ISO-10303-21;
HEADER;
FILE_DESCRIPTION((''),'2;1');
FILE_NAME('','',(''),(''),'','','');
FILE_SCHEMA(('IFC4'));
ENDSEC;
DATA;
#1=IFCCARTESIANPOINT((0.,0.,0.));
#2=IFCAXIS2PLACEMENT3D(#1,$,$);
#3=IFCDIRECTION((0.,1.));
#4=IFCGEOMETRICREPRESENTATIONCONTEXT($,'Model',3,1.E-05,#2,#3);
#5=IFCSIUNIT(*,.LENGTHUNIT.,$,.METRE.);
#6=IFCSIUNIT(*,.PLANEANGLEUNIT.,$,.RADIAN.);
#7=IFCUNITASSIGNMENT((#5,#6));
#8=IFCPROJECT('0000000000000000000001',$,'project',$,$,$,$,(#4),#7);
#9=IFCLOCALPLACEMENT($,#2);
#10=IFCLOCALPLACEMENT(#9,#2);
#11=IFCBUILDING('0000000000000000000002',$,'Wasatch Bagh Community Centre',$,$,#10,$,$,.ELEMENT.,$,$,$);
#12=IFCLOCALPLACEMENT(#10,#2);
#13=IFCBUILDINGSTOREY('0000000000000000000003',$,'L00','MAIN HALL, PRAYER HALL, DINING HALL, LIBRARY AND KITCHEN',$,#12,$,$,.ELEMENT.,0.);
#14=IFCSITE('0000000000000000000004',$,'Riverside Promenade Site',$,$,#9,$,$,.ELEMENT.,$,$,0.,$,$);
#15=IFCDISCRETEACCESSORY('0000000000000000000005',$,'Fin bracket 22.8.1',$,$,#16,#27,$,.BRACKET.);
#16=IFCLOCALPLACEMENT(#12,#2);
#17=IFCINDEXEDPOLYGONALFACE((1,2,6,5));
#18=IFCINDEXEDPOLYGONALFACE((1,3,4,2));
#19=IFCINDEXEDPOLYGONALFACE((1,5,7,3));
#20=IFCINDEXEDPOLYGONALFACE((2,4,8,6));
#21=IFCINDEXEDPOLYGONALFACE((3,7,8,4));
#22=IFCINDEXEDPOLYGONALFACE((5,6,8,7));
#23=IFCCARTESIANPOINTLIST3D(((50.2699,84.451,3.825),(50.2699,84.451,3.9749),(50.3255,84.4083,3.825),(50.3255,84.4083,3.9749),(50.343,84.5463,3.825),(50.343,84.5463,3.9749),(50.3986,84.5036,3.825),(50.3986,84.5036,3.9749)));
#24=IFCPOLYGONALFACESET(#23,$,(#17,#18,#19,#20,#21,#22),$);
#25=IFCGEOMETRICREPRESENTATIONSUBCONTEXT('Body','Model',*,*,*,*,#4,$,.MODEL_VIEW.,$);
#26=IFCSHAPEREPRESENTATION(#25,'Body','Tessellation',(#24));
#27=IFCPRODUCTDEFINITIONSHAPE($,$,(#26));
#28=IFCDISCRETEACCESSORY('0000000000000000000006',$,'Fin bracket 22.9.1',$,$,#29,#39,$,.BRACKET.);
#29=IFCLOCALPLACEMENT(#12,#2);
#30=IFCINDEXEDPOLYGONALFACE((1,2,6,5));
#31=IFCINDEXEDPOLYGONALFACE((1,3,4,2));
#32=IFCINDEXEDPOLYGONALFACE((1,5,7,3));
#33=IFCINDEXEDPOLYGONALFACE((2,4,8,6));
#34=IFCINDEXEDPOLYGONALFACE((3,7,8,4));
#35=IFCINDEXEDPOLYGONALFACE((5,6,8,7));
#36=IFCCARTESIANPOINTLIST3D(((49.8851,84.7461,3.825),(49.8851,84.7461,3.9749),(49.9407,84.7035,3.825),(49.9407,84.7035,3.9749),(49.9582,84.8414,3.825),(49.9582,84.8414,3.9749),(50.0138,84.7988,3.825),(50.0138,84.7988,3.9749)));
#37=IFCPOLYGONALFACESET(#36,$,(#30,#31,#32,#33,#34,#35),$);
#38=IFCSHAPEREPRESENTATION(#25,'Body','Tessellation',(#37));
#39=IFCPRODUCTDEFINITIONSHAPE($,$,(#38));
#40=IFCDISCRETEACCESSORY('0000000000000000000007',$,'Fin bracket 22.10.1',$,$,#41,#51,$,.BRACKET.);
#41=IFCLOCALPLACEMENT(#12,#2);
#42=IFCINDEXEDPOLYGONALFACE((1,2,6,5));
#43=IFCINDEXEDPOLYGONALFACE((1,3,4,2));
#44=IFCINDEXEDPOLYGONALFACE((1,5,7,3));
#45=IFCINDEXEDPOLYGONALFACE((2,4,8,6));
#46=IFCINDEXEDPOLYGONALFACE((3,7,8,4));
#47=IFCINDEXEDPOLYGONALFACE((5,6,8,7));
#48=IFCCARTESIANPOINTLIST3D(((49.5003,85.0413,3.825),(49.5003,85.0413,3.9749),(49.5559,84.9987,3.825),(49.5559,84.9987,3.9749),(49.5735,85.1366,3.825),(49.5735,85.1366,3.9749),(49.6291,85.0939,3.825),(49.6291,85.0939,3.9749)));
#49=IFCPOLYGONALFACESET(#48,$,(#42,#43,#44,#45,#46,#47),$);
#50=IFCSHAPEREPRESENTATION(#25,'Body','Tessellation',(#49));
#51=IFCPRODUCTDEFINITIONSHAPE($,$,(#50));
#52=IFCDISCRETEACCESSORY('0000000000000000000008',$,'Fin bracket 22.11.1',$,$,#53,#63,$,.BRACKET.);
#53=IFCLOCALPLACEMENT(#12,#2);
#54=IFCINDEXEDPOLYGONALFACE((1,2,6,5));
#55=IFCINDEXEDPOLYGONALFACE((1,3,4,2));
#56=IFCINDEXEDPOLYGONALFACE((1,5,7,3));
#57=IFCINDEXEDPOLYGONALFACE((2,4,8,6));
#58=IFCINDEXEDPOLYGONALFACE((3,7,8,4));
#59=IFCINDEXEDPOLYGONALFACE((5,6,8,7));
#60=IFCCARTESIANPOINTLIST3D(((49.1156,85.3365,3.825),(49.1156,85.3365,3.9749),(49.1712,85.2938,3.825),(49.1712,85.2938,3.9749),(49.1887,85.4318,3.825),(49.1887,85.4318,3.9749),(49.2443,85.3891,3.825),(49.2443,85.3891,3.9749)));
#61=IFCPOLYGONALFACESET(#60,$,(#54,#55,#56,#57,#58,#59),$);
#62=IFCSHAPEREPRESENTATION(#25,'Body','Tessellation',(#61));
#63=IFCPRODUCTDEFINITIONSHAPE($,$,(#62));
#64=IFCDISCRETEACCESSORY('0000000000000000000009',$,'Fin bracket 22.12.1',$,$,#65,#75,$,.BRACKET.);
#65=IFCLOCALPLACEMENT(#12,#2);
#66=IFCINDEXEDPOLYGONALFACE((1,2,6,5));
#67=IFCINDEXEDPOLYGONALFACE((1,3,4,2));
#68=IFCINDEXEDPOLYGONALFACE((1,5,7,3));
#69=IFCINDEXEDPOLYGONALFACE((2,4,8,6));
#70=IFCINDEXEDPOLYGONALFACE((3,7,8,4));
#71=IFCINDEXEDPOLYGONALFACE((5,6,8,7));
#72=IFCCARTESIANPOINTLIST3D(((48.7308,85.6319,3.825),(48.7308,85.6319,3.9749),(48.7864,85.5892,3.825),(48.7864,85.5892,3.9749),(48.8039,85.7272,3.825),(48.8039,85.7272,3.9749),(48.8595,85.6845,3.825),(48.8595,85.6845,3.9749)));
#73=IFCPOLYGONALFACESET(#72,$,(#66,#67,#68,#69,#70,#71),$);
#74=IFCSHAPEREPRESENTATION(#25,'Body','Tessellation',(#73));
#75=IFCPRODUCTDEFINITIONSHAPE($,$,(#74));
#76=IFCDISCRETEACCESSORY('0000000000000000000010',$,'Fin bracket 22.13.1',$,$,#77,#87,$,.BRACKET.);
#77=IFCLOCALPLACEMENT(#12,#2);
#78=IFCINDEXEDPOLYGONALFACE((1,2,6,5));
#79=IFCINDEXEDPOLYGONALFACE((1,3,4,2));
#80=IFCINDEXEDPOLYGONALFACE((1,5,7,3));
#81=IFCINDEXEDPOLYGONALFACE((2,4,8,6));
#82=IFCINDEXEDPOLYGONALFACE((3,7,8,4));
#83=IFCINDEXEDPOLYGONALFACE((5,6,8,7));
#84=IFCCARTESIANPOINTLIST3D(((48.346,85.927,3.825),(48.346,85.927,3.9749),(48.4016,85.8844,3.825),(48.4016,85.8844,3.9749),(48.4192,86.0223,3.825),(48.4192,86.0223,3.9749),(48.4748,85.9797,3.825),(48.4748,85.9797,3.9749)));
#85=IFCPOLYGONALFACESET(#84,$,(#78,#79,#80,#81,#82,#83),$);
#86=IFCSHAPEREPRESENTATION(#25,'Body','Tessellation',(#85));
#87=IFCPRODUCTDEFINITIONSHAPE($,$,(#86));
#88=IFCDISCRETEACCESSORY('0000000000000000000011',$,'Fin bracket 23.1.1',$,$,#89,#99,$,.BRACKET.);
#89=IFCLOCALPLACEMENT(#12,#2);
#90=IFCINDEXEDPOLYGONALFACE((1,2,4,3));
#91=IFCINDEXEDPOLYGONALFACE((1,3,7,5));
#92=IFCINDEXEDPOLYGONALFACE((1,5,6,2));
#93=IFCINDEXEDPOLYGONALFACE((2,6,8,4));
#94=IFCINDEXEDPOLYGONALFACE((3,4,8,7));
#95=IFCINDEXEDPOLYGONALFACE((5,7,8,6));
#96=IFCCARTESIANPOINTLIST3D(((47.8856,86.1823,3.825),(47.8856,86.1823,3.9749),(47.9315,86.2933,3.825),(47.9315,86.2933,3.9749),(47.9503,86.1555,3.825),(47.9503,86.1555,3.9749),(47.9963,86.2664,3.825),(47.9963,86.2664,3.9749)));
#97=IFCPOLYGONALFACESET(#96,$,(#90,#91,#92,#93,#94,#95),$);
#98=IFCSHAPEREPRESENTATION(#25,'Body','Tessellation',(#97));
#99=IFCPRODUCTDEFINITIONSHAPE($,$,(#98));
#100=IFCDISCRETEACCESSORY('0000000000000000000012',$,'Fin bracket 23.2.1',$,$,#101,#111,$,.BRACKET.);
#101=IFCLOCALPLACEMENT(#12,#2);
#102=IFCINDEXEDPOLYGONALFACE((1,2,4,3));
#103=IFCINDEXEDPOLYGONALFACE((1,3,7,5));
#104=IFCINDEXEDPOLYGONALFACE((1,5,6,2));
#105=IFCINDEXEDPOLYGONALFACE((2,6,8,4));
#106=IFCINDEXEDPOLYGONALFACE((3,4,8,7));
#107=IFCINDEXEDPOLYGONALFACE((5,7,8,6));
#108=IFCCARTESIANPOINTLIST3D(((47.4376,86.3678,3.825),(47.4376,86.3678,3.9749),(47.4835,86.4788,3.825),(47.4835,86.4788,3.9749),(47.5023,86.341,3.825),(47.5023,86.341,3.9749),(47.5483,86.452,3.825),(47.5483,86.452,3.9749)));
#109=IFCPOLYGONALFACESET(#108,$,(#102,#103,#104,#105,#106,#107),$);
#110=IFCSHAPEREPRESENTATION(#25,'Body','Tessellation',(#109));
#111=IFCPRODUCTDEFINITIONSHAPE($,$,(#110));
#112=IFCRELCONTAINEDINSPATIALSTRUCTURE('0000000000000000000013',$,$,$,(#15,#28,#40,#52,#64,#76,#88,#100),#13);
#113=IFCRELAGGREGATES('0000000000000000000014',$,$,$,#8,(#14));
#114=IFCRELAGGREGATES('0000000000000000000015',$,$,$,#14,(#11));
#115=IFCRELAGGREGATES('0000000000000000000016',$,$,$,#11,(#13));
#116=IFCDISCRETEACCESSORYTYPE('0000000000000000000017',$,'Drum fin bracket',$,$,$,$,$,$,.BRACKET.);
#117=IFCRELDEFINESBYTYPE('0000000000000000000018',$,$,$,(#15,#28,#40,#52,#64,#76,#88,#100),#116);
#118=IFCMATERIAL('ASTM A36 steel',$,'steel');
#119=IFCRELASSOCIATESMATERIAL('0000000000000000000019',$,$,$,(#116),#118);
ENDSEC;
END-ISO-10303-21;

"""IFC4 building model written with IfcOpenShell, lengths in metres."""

from ifc_helpers import new_model, si_unit, direction, frame, origin, origin_2d, place, context, subcontext, project, spatial, rectangle, extrude, material, type_object, element, save


model = new_model("IFC4")

# Units and contexts
model_context = context("Model", 3, precision=1e-05, world=origin(), true_north=direction((0.0, 1.0)))
body_context = subcontext(model_context, "Body", "Model", "MODEL_VIEW")
ifc_project = project(units=[si_unit("LENGTHUNIT", "METRE"), si_unit("PLANEANGLEUNIT", "RADIAN")], contexts=[model_context])

# Site, building, storey
site_placement = place(None, origin())
site = spatial("IfcSite", under=ifc_project, at=site_placement, Name="Riverside Promenade Site", CompositionType="ELEMENT", RefElevation=0.0)
building_placement = place(site_placement, origin())
building = spatial("IfcBuilding", under=site, at=building_placement, Name="Wasatch Bagh Community Centre", CompositionType="ELEMENT")
storey_placement = place(building_placement, origin())
storey = spatial("IfcBuildingStorey", under=building, at=storey_placement, Name="L00", Description="MAIN HALL, PRAYER HALL, DINING HALL, LIBRARY AND KITCHEN", CompositionType="ELEMENT", Elevation=0.0)

# Discrete accessories
ifc_material_1 = material(Name="ASTM A36 steel", Category="steel")
discrete_accessory_type = type_object("IfcDiscreteAccessoryType", Name="Drum fin bracket", PredefinedType="BRACKET", material=ifc_material_1)
for number, where, z_axis, x_axis, name in (
    (1, (50.3342, 84.4773, 3.825), (0.0, 0.0, 1.0), (-0.793353, 0.608761, 0.0), "Fin bracket 22.8.1"),
    (2, (49.9495, 84.7725, 3.825), (0.0, 0.0, 1.0), (-0.793353, 0.608761, 0.0), "Fin bracket 22.9.1"),
    (3, (49.5647, 85.0676, 3.825), (0.0, 0.0, 1.0), (-0.793353, 0.608761, 0.0), "Fin bracket 22.10.1"),
    (4, (49.1799, 85.3628, 3.825), (0.0, 0.0, 1.0), (-0.793353, 0.608761, 0.0), "Fin bracket 22.11.1"),
    (5, (48.7952, 85.6582, 3.825), (0.0, 0.0, 1.0), (-0.793353, 0.608761, 0.0), "Fin bracket 22.12.1"),
    (6, (48.4104, 85.9534, 3.825), (0.0, 0.0, 1.0), (-0.793353, 0.608761, 0.0), "Fin bracket 22.13.1"),
    (7, (47.9409, 86.2244, 3.825), (0.0, 0.0, 1.0), (-0.92388, 0.382683, 0.0), "Fin bracket 23.1.1"),
    (8, (47.4929, 86.4099, 3.825), (0.0, 0.0, 1.0), (-0.92388, 0.382683, 0.0), "Fin bracket 23.2.1"),
):
    element("IfcDiscreteAccessory", number, at=place(storey_placement, frame(where, z_axis=z_axis, x_axis=x_axis)), inside=storey, type_object=discrete_accessory_type, Name=name, PredefinedType="BRACKET", context=body_context, shape_type="SweptSolid", body=[
        extrude(rectangle(XDim=0.0701, YDim=0.1201, at=origin_2d()), origin(), (0.0, 0.0, 1.0), 0.1499),
    ])

save(model, "model.ifc")
